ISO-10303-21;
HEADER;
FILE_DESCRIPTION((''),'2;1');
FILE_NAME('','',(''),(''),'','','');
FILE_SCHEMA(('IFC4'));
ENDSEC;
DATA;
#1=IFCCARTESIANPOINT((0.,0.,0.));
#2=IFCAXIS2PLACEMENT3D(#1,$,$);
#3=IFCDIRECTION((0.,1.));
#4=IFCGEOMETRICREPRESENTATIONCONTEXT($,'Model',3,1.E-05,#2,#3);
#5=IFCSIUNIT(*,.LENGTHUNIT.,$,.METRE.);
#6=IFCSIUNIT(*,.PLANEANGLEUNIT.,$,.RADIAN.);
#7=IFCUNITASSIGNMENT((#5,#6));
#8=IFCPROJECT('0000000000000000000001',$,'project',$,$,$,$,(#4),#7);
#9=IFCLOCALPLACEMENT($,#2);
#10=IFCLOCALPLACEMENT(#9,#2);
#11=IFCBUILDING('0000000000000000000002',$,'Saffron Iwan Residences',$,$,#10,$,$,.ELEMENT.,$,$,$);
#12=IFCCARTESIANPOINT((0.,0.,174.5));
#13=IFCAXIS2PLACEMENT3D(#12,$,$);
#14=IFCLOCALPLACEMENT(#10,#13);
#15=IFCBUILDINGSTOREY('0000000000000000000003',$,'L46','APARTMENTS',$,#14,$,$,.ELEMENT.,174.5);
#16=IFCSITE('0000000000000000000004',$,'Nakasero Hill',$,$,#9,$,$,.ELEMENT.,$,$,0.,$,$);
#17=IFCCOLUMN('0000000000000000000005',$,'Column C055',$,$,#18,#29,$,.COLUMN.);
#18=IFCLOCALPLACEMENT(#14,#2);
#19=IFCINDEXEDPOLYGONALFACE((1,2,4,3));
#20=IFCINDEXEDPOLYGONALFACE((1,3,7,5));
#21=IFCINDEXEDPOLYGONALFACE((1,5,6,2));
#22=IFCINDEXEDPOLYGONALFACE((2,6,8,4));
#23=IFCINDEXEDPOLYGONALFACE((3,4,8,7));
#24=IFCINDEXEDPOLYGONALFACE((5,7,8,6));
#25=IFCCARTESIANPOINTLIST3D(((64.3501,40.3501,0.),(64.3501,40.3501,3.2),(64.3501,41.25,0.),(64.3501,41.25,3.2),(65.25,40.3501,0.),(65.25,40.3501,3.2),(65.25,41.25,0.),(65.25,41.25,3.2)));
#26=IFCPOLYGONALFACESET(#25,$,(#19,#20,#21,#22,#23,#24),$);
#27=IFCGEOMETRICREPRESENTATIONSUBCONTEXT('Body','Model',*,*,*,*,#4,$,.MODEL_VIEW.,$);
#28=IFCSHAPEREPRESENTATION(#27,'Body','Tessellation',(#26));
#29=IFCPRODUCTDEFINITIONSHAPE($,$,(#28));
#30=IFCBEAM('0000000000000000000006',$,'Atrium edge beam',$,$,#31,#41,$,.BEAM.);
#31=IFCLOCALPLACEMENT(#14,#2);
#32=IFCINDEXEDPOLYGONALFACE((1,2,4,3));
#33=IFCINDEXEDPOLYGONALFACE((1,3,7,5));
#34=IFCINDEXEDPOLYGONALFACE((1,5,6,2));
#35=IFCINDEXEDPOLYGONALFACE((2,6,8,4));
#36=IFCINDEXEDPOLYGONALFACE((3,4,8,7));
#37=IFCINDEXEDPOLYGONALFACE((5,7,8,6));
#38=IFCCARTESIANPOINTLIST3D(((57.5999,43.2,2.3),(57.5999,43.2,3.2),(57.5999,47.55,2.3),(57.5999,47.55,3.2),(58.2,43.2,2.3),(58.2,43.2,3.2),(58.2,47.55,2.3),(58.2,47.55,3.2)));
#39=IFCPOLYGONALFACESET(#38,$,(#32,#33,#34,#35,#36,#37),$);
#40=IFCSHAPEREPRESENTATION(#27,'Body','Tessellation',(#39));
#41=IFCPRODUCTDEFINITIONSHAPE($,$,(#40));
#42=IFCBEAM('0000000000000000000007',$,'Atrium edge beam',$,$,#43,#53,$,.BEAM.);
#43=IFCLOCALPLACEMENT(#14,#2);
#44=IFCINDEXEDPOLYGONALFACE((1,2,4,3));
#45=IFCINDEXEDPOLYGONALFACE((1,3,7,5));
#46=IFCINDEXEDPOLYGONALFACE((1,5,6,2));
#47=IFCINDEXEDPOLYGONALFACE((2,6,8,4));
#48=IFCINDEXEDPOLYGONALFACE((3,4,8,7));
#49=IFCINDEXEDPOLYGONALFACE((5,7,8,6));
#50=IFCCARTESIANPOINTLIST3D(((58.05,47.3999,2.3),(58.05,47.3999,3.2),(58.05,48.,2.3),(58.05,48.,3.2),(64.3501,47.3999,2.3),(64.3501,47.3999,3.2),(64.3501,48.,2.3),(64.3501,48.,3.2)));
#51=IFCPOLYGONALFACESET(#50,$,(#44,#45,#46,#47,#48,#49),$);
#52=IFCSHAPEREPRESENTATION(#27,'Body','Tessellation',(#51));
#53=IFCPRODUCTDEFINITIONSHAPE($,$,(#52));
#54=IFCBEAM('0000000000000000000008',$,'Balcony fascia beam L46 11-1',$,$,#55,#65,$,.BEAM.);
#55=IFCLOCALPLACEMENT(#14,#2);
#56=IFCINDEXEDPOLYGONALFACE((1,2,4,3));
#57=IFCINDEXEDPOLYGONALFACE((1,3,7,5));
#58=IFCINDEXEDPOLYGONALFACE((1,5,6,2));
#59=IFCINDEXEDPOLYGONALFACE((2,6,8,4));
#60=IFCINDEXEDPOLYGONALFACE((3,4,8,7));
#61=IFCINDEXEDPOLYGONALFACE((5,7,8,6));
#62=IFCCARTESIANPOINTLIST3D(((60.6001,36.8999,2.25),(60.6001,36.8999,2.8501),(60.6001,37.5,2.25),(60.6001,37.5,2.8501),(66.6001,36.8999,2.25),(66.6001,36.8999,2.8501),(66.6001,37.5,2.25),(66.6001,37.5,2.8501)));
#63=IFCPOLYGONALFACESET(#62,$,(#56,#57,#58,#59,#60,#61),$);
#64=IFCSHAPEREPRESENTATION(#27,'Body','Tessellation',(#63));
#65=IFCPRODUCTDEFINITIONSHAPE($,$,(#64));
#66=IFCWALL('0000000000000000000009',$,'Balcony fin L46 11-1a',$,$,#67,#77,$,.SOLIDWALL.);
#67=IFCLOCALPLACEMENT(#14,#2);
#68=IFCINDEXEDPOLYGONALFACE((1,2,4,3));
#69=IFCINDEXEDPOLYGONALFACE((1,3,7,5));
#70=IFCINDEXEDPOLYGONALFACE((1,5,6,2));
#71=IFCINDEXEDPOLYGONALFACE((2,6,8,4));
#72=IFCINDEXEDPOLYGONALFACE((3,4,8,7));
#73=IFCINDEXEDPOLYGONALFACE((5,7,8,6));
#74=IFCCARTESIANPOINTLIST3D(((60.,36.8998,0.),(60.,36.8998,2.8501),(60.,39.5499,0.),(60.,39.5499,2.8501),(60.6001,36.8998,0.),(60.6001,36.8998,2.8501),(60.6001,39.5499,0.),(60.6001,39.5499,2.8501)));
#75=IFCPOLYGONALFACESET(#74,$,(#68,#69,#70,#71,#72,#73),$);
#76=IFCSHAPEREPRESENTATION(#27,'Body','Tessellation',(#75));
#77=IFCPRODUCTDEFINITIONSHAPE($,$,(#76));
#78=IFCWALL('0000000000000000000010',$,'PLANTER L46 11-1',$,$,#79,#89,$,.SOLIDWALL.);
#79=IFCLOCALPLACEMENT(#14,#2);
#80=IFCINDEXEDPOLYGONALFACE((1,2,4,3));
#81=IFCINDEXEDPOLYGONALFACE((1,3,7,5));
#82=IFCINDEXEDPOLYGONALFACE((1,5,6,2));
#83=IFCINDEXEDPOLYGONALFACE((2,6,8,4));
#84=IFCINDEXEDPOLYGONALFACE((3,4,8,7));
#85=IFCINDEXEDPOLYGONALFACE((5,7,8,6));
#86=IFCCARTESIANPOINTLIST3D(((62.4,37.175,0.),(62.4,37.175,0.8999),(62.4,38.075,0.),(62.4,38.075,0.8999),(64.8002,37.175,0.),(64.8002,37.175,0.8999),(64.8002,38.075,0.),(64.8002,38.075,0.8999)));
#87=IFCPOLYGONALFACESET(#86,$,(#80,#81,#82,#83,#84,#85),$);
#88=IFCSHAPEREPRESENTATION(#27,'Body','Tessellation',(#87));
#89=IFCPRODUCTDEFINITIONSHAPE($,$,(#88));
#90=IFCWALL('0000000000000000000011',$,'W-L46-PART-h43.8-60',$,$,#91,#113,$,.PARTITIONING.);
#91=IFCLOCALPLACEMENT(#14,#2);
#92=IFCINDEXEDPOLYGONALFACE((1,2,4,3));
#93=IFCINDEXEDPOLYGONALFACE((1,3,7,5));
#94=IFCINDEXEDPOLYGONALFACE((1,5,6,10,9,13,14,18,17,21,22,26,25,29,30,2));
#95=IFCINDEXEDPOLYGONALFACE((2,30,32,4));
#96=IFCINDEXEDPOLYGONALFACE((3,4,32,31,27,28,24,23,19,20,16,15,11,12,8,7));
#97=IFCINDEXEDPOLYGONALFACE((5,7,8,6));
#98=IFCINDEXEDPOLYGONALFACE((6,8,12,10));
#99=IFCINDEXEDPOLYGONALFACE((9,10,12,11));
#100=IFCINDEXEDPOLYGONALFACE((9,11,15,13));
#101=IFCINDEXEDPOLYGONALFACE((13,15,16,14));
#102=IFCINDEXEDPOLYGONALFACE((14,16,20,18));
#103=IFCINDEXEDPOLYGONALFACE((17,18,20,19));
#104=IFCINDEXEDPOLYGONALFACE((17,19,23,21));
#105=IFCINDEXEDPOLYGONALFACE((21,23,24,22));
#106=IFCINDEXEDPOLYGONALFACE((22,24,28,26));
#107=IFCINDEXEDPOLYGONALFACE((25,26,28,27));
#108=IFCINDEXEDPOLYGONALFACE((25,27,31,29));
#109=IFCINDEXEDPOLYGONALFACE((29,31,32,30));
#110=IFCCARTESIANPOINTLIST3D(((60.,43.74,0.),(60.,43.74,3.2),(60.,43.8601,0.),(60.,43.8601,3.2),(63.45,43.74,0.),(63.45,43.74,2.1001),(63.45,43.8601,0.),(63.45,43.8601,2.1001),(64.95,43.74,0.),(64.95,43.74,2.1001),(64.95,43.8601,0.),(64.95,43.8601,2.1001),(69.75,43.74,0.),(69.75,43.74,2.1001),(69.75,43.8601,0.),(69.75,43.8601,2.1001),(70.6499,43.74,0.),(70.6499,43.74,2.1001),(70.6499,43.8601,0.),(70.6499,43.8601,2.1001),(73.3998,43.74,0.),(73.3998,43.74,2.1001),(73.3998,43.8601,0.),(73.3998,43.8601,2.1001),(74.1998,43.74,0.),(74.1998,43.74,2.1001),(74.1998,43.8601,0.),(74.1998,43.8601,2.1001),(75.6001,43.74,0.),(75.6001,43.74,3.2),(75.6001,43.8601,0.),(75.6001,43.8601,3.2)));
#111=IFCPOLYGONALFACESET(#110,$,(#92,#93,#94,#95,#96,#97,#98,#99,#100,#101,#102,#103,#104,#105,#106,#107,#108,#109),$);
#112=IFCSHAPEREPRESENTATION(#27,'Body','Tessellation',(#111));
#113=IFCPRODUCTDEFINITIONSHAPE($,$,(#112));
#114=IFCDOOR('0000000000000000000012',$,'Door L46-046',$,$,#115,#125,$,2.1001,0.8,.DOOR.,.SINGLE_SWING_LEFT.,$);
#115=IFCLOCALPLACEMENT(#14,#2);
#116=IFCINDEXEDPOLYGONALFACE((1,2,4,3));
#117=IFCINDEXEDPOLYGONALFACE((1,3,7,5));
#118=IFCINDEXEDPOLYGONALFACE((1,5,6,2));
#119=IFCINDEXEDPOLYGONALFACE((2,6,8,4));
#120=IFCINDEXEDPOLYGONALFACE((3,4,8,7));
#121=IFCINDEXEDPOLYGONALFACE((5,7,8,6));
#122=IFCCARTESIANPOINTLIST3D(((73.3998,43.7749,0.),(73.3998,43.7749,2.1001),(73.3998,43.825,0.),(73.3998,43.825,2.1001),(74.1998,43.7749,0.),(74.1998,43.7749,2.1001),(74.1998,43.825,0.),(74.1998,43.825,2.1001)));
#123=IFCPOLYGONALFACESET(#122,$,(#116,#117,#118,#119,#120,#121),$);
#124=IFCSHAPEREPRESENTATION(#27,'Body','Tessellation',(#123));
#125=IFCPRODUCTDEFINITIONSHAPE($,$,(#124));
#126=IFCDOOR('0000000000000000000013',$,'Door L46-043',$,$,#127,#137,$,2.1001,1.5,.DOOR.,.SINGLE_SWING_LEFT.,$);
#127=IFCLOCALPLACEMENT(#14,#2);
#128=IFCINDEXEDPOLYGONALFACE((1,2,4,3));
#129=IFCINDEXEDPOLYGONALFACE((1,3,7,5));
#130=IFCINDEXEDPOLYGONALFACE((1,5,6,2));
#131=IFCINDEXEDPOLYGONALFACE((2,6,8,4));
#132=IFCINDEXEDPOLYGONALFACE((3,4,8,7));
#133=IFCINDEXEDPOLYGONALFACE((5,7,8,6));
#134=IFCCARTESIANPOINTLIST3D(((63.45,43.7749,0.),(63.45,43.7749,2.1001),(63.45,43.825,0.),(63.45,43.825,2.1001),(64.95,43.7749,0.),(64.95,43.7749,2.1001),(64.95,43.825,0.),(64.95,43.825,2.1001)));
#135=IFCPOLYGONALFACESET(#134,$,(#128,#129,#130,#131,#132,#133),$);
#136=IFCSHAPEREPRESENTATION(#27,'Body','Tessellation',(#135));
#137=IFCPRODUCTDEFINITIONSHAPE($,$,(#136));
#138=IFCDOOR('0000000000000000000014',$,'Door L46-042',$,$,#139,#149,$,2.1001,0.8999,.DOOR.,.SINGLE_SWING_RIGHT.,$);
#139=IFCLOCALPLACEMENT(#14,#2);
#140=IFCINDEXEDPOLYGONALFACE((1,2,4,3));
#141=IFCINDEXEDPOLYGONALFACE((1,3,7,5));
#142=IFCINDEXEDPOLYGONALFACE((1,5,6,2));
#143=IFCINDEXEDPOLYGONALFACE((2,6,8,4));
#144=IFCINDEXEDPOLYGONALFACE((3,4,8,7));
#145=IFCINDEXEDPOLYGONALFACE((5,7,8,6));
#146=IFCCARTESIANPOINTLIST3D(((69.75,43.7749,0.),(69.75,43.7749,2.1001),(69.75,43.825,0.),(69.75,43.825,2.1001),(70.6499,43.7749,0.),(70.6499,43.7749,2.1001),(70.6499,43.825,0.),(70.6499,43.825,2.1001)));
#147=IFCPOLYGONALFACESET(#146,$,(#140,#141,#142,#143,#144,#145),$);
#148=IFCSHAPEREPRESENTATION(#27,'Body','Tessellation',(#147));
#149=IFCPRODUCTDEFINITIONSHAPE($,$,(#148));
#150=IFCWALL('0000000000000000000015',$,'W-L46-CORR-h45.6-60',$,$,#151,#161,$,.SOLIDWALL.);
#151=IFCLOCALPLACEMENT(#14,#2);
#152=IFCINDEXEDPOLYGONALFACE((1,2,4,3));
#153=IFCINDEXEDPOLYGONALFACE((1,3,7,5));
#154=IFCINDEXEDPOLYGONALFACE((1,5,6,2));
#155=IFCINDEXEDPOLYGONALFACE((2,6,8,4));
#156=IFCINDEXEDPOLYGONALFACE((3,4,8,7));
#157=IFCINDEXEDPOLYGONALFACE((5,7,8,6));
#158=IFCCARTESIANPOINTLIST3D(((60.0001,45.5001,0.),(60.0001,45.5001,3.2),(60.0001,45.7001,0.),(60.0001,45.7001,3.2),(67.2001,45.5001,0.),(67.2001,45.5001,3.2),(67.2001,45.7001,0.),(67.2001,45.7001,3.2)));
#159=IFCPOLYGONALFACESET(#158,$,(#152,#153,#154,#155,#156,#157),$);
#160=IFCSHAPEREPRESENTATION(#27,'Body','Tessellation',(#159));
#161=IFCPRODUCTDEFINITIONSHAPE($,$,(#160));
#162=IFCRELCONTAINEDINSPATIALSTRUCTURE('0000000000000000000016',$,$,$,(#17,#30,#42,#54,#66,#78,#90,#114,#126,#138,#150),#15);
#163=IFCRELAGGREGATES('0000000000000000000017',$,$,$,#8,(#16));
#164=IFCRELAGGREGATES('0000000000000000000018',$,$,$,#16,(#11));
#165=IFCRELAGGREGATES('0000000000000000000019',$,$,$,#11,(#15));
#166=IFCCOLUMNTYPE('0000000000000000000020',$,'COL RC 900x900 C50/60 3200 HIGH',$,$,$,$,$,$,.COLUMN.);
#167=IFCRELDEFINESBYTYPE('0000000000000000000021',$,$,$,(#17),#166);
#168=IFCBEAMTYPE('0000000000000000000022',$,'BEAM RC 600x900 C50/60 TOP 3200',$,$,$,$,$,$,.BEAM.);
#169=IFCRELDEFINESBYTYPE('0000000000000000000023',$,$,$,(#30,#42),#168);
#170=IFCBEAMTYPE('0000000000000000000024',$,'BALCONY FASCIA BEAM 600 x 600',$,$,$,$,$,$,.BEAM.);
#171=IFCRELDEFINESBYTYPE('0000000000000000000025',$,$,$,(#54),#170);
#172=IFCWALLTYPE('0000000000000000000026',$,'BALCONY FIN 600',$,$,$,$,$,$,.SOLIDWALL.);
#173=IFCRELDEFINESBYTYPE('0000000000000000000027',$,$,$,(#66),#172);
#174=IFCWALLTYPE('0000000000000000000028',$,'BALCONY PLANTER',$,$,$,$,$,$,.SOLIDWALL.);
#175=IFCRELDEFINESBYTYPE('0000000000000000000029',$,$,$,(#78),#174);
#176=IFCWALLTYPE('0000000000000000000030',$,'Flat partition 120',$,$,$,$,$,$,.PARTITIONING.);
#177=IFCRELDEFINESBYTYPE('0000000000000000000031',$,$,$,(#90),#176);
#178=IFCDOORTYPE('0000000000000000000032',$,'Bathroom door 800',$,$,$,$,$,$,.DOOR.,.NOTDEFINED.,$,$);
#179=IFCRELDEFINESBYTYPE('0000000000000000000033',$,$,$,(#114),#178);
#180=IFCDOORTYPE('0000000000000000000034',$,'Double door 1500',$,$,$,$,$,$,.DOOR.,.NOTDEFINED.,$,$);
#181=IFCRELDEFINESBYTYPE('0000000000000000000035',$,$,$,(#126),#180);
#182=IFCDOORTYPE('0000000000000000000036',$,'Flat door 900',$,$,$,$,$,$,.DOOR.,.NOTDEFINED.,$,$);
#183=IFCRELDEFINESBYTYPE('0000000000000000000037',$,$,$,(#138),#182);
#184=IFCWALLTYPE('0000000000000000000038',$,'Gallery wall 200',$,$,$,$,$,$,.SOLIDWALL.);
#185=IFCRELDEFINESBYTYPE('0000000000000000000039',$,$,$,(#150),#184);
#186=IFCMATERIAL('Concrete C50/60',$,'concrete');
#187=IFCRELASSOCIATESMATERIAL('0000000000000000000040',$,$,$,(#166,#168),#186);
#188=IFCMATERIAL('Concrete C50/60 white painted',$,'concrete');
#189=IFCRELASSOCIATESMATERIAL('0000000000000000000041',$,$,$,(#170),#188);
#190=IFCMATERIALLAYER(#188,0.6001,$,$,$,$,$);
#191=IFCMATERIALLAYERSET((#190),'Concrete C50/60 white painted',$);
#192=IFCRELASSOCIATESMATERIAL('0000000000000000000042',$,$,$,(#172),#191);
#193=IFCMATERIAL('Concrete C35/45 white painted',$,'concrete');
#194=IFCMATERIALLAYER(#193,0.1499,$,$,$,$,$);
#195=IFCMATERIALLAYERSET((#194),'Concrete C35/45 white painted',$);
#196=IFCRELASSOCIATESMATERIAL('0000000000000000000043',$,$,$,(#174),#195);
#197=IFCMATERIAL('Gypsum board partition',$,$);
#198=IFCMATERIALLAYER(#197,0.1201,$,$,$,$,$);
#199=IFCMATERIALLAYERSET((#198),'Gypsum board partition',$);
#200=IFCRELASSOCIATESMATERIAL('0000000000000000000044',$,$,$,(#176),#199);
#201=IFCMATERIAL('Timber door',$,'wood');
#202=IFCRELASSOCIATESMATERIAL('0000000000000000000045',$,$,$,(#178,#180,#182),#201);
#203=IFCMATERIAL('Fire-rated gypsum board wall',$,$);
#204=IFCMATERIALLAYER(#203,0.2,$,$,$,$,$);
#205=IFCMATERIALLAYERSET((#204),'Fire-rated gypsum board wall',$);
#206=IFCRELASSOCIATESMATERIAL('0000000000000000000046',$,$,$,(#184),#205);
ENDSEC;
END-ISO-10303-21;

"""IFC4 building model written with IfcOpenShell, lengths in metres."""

from ifc_helpers import new_model, si_unit, direction, frame, frame_2d, origin, origin_2d, place, context, subcontext, project, spatial, rectangle, extrude, source, transform, mapped, material, layer, layer_set, material_profile, profile_set, type_object, element, fill, save


model = new_model("IFC4")

# Units and contexts
model_context = context("Model", 3, precision=1e-05, world=origin(), true_north=direction((0.0, 1.0)))
body_context = subcontext(model_context, "Body", "Model", "MODEL_VIEW")
ifc_project = project(units=[si_unit("LENGTHUNIT", "METRE"), si_unit("PLANEANGLEUNIT", "RADIAN")], contexts=[model_context])

# Site, building, storey
site_placement = place(None, origin())
site = spatial("IfcSite", under=ifc_project, at=site_placement, Name="Nakasero Hill", CompositionType="ELEMENT", RefElevation=0.0)
building_placement = place(site_placement, origin())
building = spatial("IfcBuilding", under=site, at=building_placement, Name="Saffron Iwan Residences", CompositionType="ELEMENT")
storey_placement = place(building_placement, frame((0.0, 0.0, 174.5)))
storey = spatial("IfcBuildingStorey", under=building, at=storey_placement, Name="L46", Description="APARTMENTS", CompositionType="ELEMENT", Elevation=174.5)

# Column
ifc_material_1 = material(Name="Concrete C50/60", Category="concrete")
ifc_material_profile_1 = material_profile(ifc_material_1, rectangle(XDim=0.8999, YDim=0.8999, at=origin_2d()), Name="RC 900x900")
ifc_profile_set_1 = profile_set([ifc_material_profile_1], Name="Concrete C50/60")
column_type = type_object("IfcColumnType", Name="COL RC 900x900 C50/60 3200 HIGH", PredefinedType="COLUMN", material=ifc_profile_set_1)
shared_shape_1 = source(origin(), body_context, "Body", "SweptSolid", [
    extrude(rectangle(XDim=0.8999, YDim=0.8999, at=origin_2d()), origin(), (0.0, 0.0, 1.0), 3.2),
])
column_placement = place(storey_placement, frame((64.8, 40.8, 0.0), z_axis=(0.0, 0.0, 1.0), x_axis=(1.0, 0.0, 0.0)))
element("IfcColumn", 1, at=column_placement, inside=storey, type_object=column_type, Name="Column C055", PredefinedType="COLUMN", context=body_context, shape_type="MappedRepresentation", body=[
    mapped(shared_shape_1, transform((0.0, 0.0, 0.0))),
])

# Beams
ifc_material_profile_2 = material_profile(ifc_material_1, rectangle(XDim=0.6001, YDim=0.8999, at=origin_2d()), Name="RC 600x900")
ifc_profile_set_2 = profile_set([ifc_material_profile_2], Name="Concrete C50/60")
beam_type_1 = type_object("IfcBeamType", Name="BEAM RC 600x900 C50/60 TOP 3200", PredefinedType="BEAM", material=ifc_profile_set_2)
shared_shape_2 = source(origin(), body_context, "Body", "SweptSolid", [
    extrude(rectangle(XDim=0.6001, YDim=0.8999, at=origin_2d()), origin(), (0.0, 0.0, 1.0), 4.3501),
])
beam_1_placement = place(storey_placement, frame((57.8999, 47.55, 2.75), z_axis=(0.0, -1.0, 0.0), x_axis=(1.0, 0.0, 0.0)))
element("IfcBeam", 2, at=beam_1_placement, inside=storey, type_object=beam_type_1, Name="Atrium edge beam", PredefinedType="BEAM", context=body_context, shape_type="MappedRepresentation", body=[
    mapped(shared_shape_2, transform((0.0, 0.0, 0.0))),
])
shared_shape_3 = source(origin(), body_context, "Body", "SweptSolid", [
    extrude(rectangle(XDim=0.6001, YDim=0.8999, at=origin_2d()), origin(), (0.0, 0.0, 1.0), 6.3),
])
beam_2_placement = place(storey_placement, frame((64.3501, 47.7, 2.75), z_axis=(-1.0, 0.0, 0.0), x_axis=(0.0, -1.0, 0.0)))
element("IfcBeam", 3, at=beam_2_placement, inside=storey, type_object=beam_type_1, Name="Atrium edge beam", PredefinedType="BEAM", context=body_context, shape_type="MappedRepresentation", body=[
    mapped(shared_shape_3, transform((0.0, 0.0, 0.0))),
])
ifc_material_2 = material(Name="Concrete C50/60 white painted", Category="concrete")
ifc_material_profile_3 = material_profile(ifc_material_2, rectangle(XDim=0.6001, YDim=0.6001, at=origin_2d()), Name="BALCONY FASCIA BEAM 600 x 600")
ifc_profile_set_3 = profile_set([ifc_material_profile_3], Name="Concrete C50/60 white painted")
beam_type_2 = type_object("IfcBeamType", Name="BALCONY FASCIA BEAM 600 x 600", PredefinedType="BEAM", material=ifc_profile_set_3)
shared_shape_4 = source(origin(), body_context, "Body", "SweptSolid", [
    extrude(rectangle(XDim=0.6001, YDim=0.6001, at=origin_2d()), origin(), (0.0, 0.0, 1.0), 6.0),
])
beam_3_placement = place(storey_placement, frame((60.6001, 37.2, 2.55), z_axis=(1.0, 0.0, 0.0), x_axis=(0.0, 1.0, 0.0)))
element("IfcBeam", 4, at=beam_3_placement, inside=storey, type_object=beam_type_2, Name="Balcony fascia beam L46 11-1", PredefinedType="BEAM", context=body_context, shape_type="MappedRepresentation", body=[
    mapped(shared_shape_4, transform((0.0, 0.0, 0.0))),
])

# Walls
ifc_layer_1 = layer(ifc_material_2, 0.6001)
ifc_layer_set_1 = layer_set([ifc_layer_1], Name="Concrete C50/60 white painted")
wall_type_1 = type_object("IfcWallType", Name="BALCONY FIN 600", PredefinedType="SOLIDWALL", material=ifc_layer_set_1)
wall_1_placement = place(storey_placement, frame((60.3, 39.55, 0.0), z_axis=(0.0, 0.0, 1.0), x_axis=(0.0, -1.0, 0.0)))
element("IfcWall", 5, at=wall_1_placement, inside=storey, type_object=wall_type_1, Name="Balcony fin L46 11-1a", PredefinedType="SOLIDWALL", context=body_context, shape_type="SweptSolid", body=[
    extrude(rectangle(XDim=2.6501, YDim=0.6001, at=frame_2d((1.3252, 0.0))), origin(), (0.0, 0.0, 1.0), 2.8501),
])
ifc_material_3 = material(Name="Concrete C35/45 white painted", Category="concrete")
ifc_layer_2 = layer(ifc_material_3, 0.1499)
ifc_layer_set_2 = layer_set([ifc_layer_2], Name="Concrete C35/45 white painted")
wall_type_2 = type_object("IfcWallType", Name="BALCONY PLANTER", PredefinedType="SOLIDWALL", material=ifc_layer_set_2)
wall_2_placement = place(storey_placement, frame((62.3999, 37.625, 0.0), z_axis=(0.0, 0.0, 1.0), x_axis=(1.0, 0.0, 0.0)))
element("IfcWall", 6, at=wall_2_placement, inside=storey, type_object=wall_type_2, Name="PLANTER L46 11-1", PredefinedType="SOLIDWALL", context=body_context, shape_type="SweptSolid", body=[
    extrude(rectangle(XDim=2.4001, YDim=0.8999, at=frame_2d((1.2002, 0.0))), origin(), (0.0, 0.0, 1.0), 0.8999),
])

# Wall, openings, doors
ifc_material_4 = material(Name="Gypsum board partition")
ifc_layer_3 = layer(ifc_material_4, 0.1201)
ifc_layer_set_3 = layer_set([ifc_layer_3], Name="Gypsum board partition")
wall_type_3 = type_object("IfcWallType", Name="Flat partition 120", PredefinedType="PARTITIONING", material=ifc_layer_set_3)
wall_3_placement = place(storey_placement, frame((60.0, 43.8, 0.0), z_axis=(0.0, 0.0, 1.0), x_axis=(1.0, 0.0, 0.0)))
wall_3 = element("IfcWall", 7, at=wall_3_placement, inside=storey, type_object=wall_type_3, Name="W-L46-PART-h43.8-60", PredefinedType="PARTITIONING", context=body_context, shape_type="SweptSolid", body=[
    extrude(rectangle(XDim=15.6001, YDim=0.1201, at=frame_2d((7.8, 0.0))), origin(), (0.0, 0.0, 1.0), 3.2),
])
opening_1_placement = place(wall_3_placement, frame((9.75, 0.0, 0.0)))
opening_1 = element("IfcOpeningElement", 8, at=opening_1_placement, cuts=wall_3, PredefinedType="OPENING", context=body_context, shape_type="SweptSolid", body=[
    extrude(rectangle(XDim=0.8999, YDim=2.1001, at=frame_2d((0.45, 1.05))), frame((0.0, 0.0701, 0.0), z_axis=(0.0, -1.0, 0.0), x_axis=(1.0, 0.0, 0.0)), (0.0, 0.0, 1.0), 0.1401),
])
opening_2_placement = place(wall_3_placement, frame((3.45, 0.0, 0.0)))
opening_2 = element("IfcOpeningElement", 9, at=opening_2_placement, cuts=wall_3, PredefinedType="OPENING", context=body_context, shape_type="SweptSolid", body=[
    extrude(rectangle(XDim=1.5, YDim=2.1001, at=frame_2d((0.75, 1.05))), frame((0.0, 0.0701, 0.0), z_axis=(0.0, -1.0, 0.0), x_axis=(1.0, 0.0, 0.0)), (0.0, 0.0, 1.0), 0.1401),
])
opening_3_placement = place(wall_3_placement, frame((13.3999, 0.0, 0.0)))
opening_3 = element("IfcOpeningElement", 10, at=opening_3_placement, cuts=wall_3, PredefinedType="OPENING", context=body_context, shape_type="SweptSolid", body=[
    extrude(rectangle(XDim=0.8, YDim=2.1001, at=frame_2d((0.3999, 1.05))), frame((0.0, 0.0701, 0.0), z_axis=(0.0, -1.0, 0.0), x_axis=(1.0, 0.0, 0.0)), (0.0, 0.0, 1.0), 0.1401),
])
ifc_material_5 = material(Name="Timber door", Category="wood")
door_type_1 = type_object("IfcDoorType", Name="Bathroom door 800", OperationType="NOTDEFINED", PredefinedType="DOOR", material=ifc_material_5)
door_1_placement = place(opening_3_placement, origin())
door_1 = element("IfcDoor", 11, at=door_1_placement, inside=storey, type_object=door_type_1, Name="Door L46-046", OperationType="SINGLE_SWING_LEFT", OverallHeight=2.1001, OverallWidth=0.8, PredefinedType="DOOR", context=body_context, shape_type="SweptSolid", body=[
    extrude(rectangle(XDim=0.8, YDim=2.1001, at=frame_2d((0.3999, 1.05))), frame((0.0, 0.0249, 0.0), z_axis=(0.0, -1.0, 0.0), x_axis=(1.0, 0.0, 0.0)), (0.0, 0.0, 1.0), 0.05),
])
fill(opening_3, door_1)
door_type_2 = type_object("IfcDoorType", Name="Double door 1500", OperationType="NOTDEFINED", PredefinedType="DOOR", material=ifc_material_5)
door_2_placement = place(opening_2_placement, origin())
door_2 = element("IfcDoor", 12, at=door_2_placement, inside=storey, type_object=door_type_2, Name="Door L46-043", OperationType="SINGLE_SWING_LEFT", OverallHeight=2.1001, OverallWidth=1.5, PredefinedType="DOOR", context=body_context, shape_type="SweptSolid", body=[
    extrude(rectangle(XDim=1.5, YDim=2.1001, at=frame_2d((0.75, 1.05))), frame((0.0, 0.0249, 0.0), z_axis=(0.0, -1.0, 0.0), x_axis=(1.0, 0.0, 0.0)), (0.0, 0.0, 1.0), 0.05),
])
fill(opening_2, door_2)
door_type_3 = type_object("IfcDoorType", Name="Flat door 900", OperationType="NOTDEFINED", PredefinedType="DOOR", material=ifc_material_5)
door_3_placement = place(opening_1_placement, origin())
door_3 = element("IfcDoor", 13, at=door_3_placement, inside=storey, type_object=door_type_3, Name="Door L46-042", OperationType="SINGLE_SWING_RIGHT", OverallHeight=2.1001, OverallWidth=0.8999, PredefinedType="DOOR", context=body_context, shape_type="SweptSolid", body=[
    extrude(rectangle(XDim=0.8999, YDim=2.1001, at=frame_2d((0.45, 1.05))), frame((0.0, 0.0249, 0.0), z_axis=(0.0, -1.0, 0.0), x_axis=(1.0, 0.0, 0.0)), (0.0, 0.0, 1.0), 0.05),
])
fill(opening_1, door_3)

# Wall
ifc_material_6 = material(Name="Fire-rated gypsum board wall")
ifc_layer_4 = layer(ifc_material_6, 0.2)
ifc_layer_set_4 = layer_set([ifc_layer_4], Name="Fire-rated gypsum board wall")
wall_type_4 = type_object("IfcWallType", Name="Gallery wall 200", PredefinedType="SOLIDWALL", material=ifc_layer_set_4)
wall_4_placement = place(storey_placement, frame((60.0, 45.6001, 0.0), z_axis=(0.0, 0.0, 1.0), x_axis=(1.0, 0.0, 0.0)))
element("IfcWall", 14, at=wall_4_placement, inside=storey, type_object=wall_type_4, Name="W-L46-CORR-h45.6-60", PredefinedType="SOLIDWALL", context=body_context, shape_type="SweptSolid", body=[
    extrude(rectangle(XDim=7.2, YDim=0.2, at=frame_2d((3.6001, 0.0))), origin(), (0.0, 0.0, 1.0), 3.2),
])

save(model, "model.ifc")
